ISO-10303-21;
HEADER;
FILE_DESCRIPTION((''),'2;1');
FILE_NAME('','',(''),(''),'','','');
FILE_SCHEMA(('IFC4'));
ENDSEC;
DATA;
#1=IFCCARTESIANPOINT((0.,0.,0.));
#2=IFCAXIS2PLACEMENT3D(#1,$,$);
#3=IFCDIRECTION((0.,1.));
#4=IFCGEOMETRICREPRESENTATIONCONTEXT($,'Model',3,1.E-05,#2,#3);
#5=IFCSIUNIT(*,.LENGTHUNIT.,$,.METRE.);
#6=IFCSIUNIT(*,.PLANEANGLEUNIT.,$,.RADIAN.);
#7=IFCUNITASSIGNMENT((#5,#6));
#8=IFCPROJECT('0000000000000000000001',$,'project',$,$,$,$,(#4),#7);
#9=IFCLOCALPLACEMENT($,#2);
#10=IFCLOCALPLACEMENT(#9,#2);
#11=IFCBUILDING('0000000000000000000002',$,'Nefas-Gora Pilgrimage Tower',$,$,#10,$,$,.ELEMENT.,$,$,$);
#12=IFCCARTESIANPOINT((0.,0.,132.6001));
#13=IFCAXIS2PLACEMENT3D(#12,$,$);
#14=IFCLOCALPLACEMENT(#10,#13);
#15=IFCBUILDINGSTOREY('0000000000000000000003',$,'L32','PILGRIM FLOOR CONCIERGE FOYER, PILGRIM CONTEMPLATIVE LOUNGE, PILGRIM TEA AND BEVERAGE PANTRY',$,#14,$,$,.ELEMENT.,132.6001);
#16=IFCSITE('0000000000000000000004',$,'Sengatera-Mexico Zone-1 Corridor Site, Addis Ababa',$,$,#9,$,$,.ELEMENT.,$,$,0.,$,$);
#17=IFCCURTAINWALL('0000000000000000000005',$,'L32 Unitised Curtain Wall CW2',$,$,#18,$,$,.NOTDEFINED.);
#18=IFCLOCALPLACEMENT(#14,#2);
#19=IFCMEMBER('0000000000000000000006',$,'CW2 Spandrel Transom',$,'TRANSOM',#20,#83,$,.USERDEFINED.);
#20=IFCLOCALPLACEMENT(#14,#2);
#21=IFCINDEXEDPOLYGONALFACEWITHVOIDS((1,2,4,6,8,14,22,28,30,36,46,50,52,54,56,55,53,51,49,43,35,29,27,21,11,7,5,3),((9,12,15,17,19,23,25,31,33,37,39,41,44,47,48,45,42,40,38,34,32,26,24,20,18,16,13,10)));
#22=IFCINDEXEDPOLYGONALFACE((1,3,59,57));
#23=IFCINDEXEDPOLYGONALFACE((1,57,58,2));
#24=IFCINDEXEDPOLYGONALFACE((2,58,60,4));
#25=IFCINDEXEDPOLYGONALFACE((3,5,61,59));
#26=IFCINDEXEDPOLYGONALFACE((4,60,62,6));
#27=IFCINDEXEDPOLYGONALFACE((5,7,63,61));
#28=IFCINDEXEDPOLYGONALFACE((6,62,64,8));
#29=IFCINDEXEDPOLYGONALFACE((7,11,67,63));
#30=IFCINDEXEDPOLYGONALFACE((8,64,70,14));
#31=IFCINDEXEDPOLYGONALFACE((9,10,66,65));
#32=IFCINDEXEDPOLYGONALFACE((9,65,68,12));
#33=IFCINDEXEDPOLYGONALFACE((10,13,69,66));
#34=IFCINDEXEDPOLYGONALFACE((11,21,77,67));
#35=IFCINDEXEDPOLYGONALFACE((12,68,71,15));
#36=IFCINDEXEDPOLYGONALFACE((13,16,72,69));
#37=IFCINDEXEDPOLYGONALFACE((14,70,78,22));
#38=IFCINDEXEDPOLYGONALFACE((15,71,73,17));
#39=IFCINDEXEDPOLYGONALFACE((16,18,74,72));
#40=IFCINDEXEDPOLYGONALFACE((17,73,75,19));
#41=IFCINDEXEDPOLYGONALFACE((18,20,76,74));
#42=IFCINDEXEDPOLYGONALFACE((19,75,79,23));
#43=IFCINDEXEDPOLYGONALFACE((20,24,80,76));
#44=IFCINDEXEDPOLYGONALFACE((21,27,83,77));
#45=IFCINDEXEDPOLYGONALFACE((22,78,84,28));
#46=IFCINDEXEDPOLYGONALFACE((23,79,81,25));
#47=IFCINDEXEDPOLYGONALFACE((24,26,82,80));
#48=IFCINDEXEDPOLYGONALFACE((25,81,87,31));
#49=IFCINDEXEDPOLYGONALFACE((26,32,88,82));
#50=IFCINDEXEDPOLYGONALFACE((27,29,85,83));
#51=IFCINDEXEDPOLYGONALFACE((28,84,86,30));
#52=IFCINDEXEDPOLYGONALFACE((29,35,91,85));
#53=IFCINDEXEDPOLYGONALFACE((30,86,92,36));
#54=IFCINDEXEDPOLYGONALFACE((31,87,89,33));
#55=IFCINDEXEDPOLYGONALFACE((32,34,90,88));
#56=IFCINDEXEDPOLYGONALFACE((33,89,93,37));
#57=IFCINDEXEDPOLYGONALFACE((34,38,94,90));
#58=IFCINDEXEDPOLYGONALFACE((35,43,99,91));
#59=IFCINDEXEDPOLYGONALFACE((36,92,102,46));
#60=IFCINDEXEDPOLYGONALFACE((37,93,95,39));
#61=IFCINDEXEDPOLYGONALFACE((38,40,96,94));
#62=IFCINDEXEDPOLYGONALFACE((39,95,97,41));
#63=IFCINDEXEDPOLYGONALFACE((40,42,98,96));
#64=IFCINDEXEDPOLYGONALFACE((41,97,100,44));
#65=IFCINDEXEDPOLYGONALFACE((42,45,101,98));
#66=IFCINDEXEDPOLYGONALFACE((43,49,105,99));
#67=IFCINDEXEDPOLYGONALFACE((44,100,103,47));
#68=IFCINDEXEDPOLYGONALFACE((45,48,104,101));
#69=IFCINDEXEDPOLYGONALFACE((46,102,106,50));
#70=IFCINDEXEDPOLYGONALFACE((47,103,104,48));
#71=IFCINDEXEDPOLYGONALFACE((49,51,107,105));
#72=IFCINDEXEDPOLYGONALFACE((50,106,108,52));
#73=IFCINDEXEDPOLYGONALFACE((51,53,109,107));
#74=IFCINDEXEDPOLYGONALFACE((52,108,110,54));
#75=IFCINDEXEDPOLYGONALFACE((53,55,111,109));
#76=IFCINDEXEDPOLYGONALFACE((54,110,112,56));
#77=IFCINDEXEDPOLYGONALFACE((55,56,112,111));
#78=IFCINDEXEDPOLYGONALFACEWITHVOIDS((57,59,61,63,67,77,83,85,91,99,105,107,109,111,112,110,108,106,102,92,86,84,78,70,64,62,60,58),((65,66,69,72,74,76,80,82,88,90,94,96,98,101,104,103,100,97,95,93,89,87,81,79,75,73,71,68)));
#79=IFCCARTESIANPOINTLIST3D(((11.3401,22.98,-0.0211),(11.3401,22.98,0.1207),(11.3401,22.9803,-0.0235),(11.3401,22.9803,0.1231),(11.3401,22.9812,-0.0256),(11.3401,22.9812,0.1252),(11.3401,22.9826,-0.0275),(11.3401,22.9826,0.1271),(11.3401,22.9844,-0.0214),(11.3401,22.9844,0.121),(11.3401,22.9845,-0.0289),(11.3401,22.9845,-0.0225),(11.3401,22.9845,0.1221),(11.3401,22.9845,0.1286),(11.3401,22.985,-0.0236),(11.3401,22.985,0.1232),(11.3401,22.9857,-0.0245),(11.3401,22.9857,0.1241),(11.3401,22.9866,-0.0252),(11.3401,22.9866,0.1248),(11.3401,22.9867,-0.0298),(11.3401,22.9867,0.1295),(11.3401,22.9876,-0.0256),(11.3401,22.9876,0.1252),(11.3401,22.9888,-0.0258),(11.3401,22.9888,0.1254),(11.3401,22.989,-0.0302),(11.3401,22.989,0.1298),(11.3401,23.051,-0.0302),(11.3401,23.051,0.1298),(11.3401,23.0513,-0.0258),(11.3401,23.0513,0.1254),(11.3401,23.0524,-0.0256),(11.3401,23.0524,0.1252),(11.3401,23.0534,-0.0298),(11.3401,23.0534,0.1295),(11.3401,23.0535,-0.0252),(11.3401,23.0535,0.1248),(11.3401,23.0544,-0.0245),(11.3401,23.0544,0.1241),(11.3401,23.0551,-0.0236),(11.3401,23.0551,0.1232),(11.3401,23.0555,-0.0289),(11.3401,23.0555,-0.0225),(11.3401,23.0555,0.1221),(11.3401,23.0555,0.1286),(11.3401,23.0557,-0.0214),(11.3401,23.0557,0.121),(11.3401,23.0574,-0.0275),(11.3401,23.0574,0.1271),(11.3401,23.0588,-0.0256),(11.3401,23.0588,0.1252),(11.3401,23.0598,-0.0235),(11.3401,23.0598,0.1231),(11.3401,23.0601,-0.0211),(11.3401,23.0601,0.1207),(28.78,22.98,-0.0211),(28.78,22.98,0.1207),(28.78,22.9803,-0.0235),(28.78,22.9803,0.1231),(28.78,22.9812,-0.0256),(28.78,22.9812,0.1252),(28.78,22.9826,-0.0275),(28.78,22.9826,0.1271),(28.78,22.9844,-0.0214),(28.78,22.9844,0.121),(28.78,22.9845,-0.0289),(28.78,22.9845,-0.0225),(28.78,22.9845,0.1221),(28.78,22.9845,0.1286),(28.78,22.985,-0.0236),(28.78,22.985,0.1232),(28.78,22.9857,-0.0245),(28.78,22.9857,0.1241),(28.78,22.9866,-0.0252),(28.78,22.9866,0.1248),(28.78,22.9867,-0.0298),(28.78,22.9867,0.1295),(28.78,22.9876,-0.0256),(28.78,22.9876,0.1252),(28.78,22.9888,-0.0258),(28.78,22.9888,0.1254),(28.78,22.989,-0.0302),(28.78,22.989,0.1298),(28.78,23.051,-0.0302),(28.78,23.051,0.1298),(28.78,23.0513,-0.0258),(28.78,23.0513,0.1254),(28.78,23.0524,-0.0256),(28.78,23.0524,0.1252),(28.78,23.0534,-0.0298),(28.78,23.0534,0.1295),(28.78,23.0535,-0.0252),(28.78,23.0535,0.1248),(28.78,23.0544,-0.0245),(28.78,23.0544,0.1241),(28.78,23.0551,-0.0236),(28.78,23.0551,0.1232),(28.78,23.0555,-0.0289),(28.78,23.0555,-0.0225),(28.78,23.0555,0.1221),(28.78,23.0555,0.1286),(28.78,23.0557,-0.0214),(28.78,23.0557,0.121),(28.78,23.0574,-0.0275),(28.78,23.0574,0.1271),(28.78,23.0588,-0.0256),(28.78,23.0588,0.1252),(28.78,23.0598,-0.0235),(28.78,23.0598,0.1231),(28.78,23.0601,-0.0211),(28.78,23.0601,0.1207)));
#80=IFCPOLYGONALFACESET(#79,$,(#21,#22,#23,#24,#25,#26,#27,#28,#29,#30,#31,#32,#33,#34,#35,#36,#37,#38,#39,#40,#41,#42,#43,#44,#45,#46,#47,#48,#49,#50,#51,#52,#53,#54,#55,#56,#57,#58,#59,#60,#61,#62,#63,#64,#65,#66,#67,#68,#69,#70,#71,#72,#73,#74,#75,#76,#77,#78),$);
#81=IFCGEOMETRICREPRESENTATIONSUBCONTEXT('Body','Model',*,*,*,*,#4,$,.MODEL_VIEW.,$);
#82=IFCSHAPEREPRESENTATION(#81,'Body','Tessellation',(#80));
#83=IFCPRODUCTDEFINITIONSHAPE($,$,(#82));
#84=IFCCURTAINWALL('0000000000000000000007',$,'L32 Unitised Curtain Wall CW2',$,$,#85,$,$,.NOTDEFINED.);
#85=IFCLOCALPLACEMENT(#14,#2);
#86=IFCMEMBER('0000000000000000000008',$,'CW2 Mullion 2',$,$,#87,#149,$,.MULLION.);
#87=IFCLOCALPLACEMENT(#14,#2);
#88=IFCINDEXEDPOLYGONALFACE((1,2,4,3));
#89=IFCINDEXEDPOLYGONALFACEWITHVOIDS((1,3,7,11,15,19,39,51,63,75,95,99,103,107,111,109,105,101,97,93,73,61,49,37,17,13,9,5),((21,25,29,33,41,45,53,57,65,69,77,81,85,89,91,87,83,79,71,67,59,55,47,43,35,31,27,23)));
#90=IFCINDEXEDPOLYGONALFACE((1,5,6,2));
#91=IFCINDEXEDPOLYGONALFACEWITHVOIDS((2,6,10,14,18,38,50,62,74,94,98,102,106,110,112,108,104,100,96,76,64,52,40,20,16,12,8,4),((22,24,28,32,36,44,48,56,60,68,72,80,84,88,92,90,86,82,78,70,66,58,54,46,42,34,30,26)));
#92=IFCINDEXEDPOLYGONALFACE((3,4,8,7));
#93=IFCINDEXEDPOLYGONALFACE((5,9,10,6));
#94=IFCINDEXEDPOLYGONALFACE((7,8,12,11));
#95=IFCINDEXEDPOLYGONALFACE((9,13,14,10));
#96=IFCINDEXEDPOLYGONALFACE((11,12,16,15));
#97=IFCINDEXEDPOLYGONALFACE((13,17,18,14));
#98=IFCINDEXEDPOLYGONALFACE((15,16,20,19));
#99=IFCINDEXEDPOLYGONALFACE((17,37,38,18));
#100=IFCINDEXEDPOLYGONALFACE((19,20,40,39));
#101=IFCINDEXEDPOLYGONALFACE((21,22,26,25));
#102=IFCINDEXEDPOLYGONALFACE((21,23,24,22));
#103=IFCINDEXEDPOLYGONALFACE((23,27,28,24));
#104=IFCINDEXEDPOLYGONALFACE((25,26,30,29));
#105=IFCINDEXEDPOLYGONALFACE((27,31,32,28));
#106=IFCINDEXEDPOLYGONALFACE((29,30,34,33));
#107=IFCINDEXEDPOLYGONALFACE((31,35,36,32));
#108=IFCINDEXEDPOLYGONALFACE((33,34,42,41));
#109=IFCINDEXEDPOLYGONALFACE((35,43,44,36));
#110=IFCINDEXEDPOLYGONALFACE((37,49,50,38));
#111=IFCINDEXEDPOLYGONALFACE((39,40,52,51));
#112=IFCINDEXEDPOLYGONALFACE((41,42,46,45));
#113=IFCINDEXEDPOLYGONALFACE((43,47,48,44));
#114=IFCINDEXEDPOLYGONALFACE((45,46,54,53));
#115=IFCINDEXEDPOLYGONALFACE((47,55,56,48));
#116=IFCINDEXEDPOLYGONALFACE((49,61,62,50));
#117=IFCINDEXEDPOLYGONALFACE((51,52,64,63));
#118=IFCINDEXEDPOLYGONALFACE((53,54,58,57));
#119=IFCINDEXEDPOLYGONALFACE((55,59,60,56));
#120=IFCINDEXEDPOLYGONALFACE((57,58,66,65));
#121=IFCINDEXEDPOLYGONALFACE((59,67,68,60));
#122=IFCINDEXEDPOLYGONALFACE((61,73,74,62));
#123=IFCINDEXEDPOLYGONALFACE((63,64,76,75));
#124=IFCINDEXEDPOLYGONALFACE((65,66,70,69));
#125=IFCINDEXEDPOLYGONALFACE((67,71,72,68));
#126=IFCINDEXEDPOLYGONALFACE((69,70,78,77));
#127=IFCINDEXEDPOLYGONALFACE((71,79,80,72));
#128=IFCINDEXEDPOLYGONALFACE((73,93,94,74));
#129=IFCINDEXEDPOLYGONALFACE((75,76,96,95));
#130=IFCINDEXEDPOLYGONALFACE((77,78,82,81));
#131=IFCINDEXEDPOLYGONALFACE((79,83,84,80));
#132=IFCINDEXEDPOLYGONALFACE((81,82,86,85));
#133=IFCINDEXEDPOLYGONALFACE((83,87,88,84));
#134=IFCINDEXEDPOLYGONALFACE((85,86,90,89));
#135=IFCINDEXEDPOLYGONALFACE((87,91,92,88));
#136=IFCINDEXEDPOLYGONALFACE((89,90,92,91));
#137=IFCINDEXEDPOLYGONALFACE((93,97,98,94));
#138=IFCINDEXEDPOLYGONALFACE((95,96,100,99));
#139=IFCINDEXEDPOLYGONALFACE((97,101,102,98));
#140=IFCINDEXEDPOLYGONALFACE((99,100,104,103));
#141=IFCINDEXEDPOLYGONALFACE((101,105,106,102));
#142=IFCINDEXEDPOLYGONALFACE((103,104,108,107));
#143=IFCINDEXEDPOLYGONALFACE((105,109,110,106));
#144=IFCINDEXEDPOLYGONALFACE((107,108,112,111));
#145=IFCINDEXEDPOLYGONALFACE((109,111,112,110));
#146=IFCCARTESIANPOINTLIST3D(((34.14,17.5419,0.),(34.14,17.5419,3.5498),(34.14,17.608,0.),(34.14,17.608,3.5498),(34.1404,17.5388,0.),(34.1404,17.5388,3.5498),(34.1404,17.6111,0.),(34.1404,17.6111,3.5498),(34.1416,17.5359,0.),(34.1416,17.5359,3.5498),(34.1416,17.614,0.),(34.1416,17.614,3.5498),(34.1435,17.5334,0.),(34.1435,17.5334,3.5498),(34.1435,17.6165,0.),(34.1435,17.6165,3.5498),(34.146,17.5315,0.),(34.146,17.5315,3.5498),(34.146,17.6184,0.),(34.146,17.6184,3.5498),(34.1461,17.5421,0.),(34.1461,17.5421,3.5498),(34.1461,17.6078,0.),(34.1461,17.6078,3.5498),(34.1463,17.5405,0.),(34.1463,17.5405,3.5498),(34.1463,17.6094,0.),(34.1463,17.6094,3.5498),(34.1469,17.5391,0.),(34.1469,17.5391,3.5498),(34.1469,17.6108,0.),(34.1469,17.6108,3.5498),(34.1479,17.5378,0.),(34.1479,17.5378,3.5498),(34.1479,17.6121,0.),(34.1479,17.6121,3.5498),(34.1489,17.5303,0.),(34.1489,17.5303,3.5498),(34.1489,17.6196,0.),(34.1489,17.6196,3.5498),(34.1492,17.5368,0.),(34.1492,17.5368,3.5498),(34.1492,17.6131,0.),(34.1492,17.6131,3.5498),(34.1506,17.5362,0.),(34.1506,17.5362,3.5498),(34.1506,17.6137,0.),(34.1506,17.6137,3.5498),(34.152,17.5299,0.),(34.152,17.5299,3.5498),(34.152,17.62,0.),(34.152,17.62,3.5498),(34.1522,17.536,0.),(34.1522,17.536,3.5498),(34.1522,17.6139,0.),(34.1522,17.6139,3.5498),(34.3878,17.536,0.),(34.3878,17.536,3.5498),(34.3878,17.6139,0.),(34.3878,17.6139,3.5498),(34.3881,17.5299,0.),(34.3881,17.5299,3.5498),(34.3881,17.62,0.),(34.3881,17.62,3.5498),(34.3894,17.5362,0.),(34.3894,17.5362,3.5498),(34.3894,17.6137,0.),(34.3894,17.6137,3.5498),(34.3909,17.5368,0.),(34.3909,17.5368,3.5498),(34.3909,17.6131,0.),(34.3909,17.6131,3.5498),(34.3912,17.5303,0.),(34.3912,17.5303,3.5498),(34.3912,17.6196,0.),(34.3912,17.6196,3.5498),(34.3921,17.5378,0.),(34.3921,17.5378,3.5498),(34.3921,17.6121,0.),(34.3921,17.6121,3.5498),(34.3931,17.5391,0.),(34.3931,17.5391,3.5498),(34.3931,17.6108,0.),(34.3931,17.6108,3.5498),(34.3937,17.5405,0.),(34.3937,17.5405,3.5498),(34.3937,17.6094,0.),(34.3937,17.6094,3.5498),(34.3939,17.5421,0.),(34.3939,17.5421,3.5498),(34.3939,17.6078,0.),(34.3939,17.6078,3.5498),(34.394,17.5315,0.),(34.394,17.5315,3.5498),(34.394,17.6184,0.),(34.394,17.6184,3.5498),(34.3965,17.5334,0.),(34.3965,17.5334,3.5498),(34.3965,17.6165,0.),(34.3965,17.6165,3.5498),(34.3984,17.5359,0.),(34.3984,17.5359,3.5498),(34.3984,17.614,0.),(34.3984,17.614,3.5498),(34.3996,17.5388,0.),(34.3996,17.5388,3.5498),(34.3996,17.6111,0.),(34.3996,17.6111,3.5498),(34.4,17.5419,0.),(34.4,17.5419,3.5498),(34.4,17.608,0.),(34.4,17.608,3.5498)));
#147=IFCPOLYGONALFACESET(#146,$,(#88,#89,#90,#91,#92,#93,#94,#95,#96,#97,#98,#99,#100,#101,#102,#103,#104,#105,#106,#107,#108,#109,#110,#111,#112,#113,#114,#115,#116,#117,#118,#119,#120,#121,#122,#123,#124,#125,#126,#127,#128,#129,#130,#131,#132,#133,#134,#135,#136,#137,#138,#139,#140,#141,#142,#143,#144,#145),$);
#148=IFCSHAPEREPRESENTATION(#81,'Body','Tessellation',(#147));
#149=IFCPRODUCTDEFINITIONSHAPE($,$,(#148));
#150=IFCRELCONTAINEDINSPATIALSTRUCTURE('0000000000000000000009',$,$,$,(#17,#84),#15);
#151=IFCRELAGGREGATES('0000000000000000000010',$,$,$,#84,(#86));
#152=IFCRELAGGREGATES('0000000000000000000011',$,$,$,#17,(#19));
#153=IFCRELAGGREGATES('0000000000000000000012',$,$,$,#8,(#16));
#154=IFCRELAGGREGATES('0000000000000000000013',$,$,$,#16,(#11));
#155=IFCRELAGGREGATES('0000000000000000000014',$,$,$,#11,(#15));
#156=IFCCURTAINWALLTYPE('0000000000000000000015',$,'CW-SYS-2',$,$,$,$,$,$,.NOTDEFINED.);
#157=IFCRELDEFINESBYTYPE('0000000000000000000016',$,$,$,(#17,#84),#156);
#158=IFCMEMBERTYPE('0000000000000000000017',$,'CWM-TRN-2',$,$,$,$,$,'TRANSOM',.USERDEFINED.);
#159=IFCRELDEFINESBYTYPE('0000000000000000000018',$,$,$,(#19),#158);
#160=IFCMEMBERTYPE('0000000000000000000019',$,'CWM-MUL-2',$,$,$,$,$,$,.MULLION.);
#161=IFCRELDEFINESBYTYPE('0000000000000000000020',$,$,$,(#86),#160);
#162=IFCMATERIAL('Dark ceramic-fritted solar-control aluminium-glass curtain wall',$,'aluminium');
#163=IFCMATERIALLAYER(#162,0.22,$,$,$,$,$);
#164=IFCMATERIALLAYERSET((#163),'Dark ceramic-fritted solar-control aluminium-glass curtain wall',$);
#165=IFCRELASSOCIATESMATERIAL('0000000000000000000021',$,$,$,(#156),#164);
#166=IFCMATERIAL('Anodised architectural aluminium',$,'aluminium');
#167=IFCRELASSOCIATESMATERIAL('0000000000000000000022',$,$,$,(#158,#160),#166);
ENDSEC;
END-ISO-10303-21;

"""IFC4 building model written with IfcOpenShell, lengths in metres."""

from ifc_helpers import new_model, si_unit, direction, frame, origin, origin_2d, place, context, subcontext, project, spatial, hollow_rectangle, extrude, source, transform, mapped, material, layer, layer_set, material_profile, profile_set, type_object, element, aggregate, save


model = new_model("IFC4")

# Units and contexts
model_context = context("Model", 3, precision=1e-05, world=origin(), true_north=direction((0.0, 1.0)))
body_context = subcontext(model_context, "Body", "Model", "MODEL_VIEW")
ifc_project = project(units=[si_unit("LENGTHUNIT", "METRE"), si_unit("PLANEANGLEUNIT", "RADIAN")], contexts=[model_context])

# Site, building, storey
site_placement = place(None, origin())
site = spatial("IfcSite", under=ifc_project, at=site_placement, Name="Sengatera-Mexico Zone-1 Corridor Site, Addis Ababa", CompositionType="ELEMENT", RefElevation=0.0)
building_placement = place(site_placement, origin())
building = spatial("IfcBuilding", under=site, at=building_placement, Name="Nefas-Gora Pilgrimage Tower", CompositionType="ELEMENT")
storey_placement = place(building_placement, frame((0.0, 0.0, 132.6001)))
storey = spatial("IfcBuildingStorey", under=building, at=storey_placement, Name="L32", Description="PILGRIM FLOOR CONCIERGE FOYER, PILGRIM CONTEMPLATIVE LOUNGE, PILGRIM TEA AND BEVERAGE PANTRY", CompositionType="ELEMENT", Elevation=132.6001)

# Curtain walls, members
ifc_material_1 = material(Name="Dark ceramic-fritted solar-control aluminium-glass curtain wall", Category="aluminium")
ifc_layer_1 = layer(ifc_material_1, 0.22)
ifc_layer_set_1 = layer_set([ifc_layer_1], Name="Dark ceramic-fritted solar-control aluminium-glass curtain wall")
curtain_wall_type = type_object("IfcCurtainWallType", Name="CW-SYS-2", PredefinedType="NOTDEFINED", material=ifc_layer_set_1)
curtain_wall_1_placement = place(storey_placement, origin())
curtain_wall_1 = element("IfcCurtainWall", 1, at=curtain_wall_1_placement, inside=storey, type_object=curtain_wall_type, Name="L32 Unitised Curtain Wall CW2", PredefinedType="NOTDEFINED")
ifc_material_2 = material(Name="Anodised architectural aluminium", Category="aluminium")
ifc_material_profile_1 = material_profile(ifc_material_2, hollow_rectangle(XDim=0.0801, YDim=0.1599, WallThickness=0.0044, InnerFilletRadius=0.0044, OuterFilletRadius=0.009, at=origin_2d()), Name="ALU TRANSOM 80x160")
ifc_profile_set_1 = profile_set([ifc_material_profile_1], Name="Anodised architectural aluminium")
member_type_1 = type_object("IfcMemberType", Name="CWM-TRN-2", ElementType="TRANSOM", PredefinedType="USERDEFINED", material=ifc_profile_set_1)
shared_shape_1 = source(origin(), body_context, "Body", "SweptSolid", [
    extrude(hollow_rectangle(XDim=0.0801, YDim=0.1599, WallThickness=0.0044, InnerFilletRadius=0.0044, OuterFilletRadius=0.009, at=origin_2d()), origin(), (0.0, 0.0, 1.0), 17.4399),
])
member_1_placement = place(storey_placement, frame((28.78, 23.02, 0.0498), z_axis=(-1.0, 0.0, 0.0), x_axis=(0.0, -1.0, 0.0)))
member_1 = element("IfcMember", 2, at=member_1_placement, type_object=member_type_1, Name="CW2 Spandrel Transom", ObjectType="TRANSOM", PredefinedType="USERDEFINED", context=body_context, shape_type="MappedRepresentation", body=[
    mapped(shared_shape_1, transform((0.0, 0.0, 0.0), x_axis=(1.0, 0.0, 0.0), y_axis=(0.0, 1.0, 0.0), z_axis=(0.0, 0.0, 1.0), scale=1.0)),
])
curtain_wall_2_placement = place(storey_placement, origin())
curtain_wall_2 = element("IfcCurtainWall", 3, at=curtain_wall_2_placement, inside=storey, type_object=curtain_wall_type, Name="L32 Unitised Curtain Wall CW2", PredefinedType="NOTDEFINED")
ifc_material_profile_2 = material_profile(ifc_material_2, hollow_rectangle(XDim=0.0901, YDim=0.26, WallThickness=0.0061, InnerFilletRadius=0.0061, OuterFilletRadius=0.012, at=origin_2d()), Name="ALU MULLION 90x260")
ifc_profile_set_2 = profile_set([ifc_material_profile_2], Name="Anodised architectural aluminium")
member_type_2 = type_object("IfcMemberType", Name="CWM-MUL-2", PredefinedType="MULLION", material=ifc_profile_set_2)
shared_shape_2 = source(origin(), body_context, "Body", "SweptSolid", [
    extrude(hollow_rectangle(XDim=0.0901, YDim=0.26, WallThickness=0.0061, InnerFilletRadius=0.0061, OuterFilletRadius=0.012, at=origin_2d()), origin(), (0.0, 0.0, 1.0), 3.5498),
])
member_2_placement = place(storey_placement, frame((34.27, 17.575, 0.0), z_axis=(0.0, 0.0, 1.0), x_axis=(0.0, 1.0, 0.0)))
member_2 = element("IfcMember", 4, at=member_2_placement, type_object=member_type_2, Name="CW2 Mullion 2", PredefinedType="MULLION", context=body_context, shape_type="MappedRepresentation", body=[
    mapped(shared_shape_2, transform((0.0, 0.0, 0.0), x_axis=(1.0, 0.0, 0.0), y_axis=(0.0, 1.0, 0.0), z_axis=(0.0, 0.0, 1.0), scale=1.0)),
])
aggregate(curtain_wall_2, [member_2])

aggregate(curtain_wall_1, [member_1])

save(model, "model.ifc")
